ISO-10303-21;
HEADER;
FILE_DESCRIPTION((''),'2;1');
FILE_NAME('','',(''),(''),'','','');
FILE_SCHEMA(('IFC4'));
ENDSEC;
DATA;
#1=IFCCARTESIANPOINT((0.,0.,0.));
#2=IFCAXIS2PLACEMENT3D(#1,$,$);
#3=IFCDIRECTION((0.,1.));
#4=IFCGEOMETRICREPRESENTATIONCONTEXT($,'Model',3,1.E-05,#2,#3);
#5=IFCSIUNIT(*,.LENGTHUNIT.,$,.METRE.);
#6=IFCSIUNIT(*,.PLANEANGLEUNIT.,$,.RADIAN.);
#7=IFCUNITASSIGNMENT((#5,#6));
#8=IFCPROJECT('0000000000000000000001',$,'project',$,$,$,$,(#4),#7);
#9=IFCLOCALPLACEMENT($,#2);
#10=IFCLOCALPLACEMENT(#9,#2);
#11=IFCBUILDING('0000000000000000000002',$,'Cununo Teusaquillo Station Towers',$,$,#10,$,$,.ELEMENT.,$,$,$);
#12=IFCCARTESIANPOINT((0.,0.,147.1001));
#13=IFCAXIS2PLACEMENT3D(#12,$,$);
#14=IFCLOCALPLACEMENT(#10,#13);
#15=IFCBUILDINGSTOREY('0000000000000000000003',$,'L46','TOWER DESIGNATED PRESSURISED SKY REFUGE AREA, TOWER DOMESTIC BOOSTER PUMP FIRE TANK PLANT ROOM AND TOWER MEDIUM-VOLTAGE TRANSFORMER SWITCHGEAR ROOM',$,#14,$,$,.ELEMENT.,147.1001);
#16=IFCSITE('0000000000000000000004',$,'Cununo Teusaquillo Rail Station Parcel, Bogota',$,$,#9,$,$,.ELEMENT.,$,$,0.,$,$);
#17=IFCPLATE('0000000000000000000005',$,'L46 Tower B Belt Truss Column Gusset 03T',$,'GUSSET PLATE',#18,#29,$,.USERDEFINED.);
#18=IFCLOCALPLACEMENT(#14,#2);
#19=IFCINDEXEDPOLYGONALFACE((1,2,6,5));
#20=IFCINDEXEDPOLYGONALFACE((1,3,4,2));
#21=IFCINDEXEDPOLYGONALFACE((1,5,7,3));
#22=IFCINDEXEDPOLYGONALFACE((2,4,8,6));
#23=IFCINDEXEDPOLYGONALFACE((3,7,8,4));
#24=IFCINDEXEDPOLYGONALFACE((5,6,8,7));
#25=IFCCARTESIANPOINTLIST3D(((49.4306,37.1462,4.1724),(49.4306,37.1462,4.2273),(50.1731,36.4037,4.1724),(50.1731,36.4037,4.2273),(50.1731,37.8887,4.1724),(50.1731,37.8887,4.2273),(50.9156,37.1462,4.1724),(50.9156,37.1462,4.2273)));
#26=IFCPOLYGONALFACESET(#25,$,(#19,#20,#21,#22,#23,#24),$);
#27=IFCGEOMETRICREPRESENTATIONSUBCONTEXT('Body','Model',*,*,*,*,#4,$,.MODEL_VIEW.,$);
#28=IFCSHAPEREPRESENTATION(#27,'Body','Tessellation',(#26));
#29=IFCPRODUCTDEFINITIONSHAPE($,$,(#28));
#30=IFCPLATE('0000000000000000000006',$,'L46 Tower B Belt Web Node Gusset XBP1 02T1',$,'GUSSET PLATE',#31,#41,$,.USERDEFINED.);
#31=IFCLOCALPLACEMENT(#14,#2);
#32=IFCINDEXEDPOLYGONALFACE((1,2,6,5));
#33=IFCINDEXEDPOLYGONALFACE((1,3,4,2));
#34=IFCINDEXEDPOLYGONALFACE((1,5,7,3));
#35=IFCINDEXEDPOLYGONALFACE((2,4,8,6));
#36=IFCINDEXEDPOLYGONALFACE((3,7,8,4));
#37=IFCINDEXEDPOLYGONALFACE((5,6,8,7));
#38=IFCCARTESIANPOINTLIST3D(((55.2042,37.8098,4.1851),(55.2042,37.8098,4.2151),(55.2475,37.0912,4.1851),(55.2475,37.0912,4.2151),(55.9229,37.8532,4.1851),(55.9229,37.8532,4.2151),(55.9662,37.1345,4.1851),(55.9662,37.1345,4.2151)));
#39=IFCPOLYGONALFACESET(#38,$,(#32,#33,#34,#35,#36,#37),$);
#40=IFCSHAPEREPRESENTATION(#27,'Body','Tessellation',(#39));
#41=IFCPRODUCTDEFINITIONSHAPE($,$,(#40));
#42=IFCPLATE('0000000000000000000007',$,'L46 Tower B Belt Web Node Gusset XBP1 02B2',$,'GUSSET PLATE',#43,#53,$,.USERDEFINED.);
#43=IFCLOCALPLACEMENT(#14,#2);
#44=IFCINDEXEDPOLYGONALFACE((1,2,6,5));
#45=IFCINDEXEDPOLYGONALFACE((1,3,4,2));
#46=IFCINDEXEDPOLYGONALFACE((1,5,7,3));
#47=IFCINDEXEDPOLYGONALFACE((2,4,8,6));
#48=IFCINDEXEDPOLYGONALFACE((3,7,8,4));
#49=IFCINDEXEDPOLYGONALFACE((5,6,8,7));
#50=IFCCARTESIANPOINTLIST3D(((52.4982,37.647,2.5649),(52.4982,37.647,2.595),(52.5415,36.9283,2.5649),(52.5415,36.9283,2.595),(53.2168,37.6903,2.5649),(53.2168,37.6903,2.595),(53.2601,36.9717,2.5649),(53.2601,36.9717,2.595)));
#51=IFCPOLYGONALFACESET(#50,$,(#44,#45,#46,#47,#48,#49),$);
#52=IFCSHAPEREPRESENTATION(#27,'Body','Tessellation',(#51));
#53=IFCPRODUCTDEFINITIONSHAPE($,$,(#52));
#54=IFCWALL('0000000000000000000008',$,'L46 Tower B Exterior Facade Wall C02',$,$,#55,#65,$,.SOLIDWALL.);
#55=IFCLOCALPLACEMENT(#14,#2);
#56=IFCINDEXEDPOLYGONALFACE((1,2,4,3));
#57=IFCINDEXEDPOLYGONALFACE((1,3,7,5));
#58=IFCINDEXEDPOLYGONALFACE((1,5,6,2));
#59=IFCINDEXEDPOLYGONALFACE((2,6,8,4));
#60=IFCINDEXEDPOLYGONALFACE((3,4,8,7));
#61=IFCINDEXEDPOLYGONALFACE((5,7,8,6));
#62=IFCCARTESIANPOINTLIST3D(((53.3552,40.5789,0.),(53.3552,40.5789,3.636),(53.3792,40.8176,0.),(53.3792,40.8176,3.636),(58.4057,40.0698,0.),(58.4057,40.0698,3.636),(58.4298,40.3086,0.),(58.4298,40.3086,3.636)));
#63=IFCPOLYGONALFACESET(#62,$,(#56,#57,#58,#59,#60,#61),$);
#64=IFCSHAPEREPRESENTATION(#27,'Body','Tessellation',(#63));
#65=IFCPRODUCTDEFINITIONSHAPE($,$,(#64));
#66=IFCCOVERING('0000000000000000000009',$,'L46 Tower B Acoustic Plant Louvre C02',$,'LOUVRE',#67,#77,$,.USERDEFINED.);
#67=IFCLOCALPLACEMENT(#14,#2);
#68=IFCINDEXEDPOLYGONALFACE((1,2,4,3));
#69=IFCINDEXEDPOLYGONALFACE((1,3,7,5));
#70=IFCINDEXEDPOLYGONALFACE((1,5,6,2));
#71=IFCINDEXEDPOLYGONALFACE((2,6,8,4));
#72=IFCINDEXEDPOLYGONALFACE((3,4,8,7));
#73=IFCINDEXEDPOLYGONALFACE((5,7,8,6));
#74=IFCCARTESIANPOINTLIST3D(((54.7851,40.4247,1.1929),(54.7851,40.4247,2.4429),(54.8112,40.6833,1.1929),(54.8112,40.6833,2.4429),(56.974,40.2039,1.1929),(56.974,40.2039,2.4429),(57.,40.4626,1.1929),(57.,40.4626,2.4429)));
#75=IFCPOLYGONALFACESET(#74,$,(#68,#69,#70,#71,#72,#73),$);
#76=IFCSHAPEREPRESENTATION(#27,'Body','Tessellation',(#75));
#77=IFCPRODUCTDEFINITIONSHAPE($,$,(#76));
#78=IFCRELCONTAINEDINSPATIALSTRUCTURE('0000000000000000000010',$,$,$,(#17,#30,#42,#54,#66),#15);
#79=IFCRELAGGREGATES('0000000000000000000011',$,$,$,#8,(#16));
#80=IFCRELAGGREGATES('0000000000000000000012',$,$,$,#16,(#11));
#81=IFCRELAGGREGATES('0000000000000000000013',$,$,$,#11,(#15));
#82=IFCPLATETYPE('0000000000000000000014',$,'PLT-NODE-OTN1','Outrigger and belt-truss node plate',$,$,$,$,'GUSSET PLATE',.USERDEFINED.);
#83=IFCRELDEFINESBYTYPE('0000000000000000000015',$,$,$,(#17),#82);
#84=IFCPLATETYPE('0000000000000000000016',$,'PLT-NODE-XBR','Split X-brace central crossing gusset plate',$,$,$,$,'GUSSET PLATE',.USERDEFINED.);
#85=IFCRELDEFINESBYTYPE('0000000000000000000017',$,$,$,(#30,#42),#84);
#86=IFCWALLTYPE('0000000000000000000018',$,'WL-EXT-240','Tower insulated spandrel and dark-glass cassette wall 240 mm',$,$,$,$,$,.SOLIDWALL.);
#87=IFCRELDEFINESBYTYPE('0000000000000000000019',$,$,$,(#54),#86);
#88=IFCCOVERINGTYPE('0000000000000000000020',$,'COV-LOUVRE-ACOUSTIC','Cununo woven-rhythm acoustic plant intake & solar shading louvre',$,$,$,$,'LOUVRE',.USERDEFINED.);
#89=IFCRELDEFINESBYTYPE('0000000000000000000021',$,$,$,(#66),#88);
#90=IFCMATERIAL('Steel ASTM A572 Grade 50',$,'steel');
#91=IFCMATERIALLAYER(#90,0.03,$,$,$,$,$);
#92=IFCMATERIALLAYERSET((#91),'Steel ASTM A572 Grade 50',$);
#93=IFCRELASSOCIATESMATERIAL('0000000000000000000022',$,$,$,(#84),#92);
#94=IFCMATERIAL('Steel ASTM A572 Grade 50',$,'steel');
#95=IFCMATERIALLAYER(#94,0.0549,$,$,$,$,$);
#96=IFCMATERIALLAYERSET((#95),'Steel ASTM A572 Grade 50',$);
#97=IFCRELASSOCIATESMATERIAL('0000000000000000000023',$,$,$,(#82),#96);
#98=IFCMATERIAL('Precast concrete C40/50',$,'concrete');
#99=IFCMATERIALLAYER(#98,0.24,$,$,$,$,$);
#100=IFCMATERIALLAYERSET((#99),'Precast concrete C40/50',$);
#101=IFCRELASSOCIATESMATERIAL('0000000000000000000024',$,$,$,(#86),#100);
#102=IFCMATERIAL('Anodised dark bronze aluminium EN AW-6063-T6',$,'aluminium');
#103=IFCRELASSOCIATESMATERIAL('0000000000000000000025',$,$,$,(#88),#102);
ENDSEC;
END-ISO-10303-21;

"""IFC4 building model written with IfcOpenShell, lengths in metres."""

from ifc_helpers import new_model, si_unit, direction, frame, frame_2d, origin, origin_2d, place, context, subcontext, project, spatial, rectangle, extrude, source, transform, mapped, material, layer, layer_set, type_object, element, save


model = new_model("IFC4")

# Units and contexts
model_context = context("Model", 3, precision=1e-05, world=origin(), true_north=direction((0.0, 1.0)))
body_context = subcontext(model_context, "Body", "Model", "MODEL_VIEW")
ifc_project = project(units=[si_unit("LENGTHUNIT", "METRE"), si_unit("PLANEANGLEUNIT", "RADIAN")], contexts=[model_context])

# Site, building, storey
site_placement = place(None, origin())
site = spatial("IfcSite", under=ifc_project, at=site_placement, Name="Cununo Teusaquillo Rail Station Parcel, Bogota", CompositionType="ELEMENT", RefElevation=0.0)
building_placement = place(site_placement, origin())
building = spatial("IfcBuilding", under=site, at=building_placement, Name="Cununo Teusaquillo Station Towers", CompositionType="ELEMENT")
storey_placement = place(building_placement, frame((0.0, 0.0, 147.1001)))
storey = spatial("IfcBuildingStorey", under=building, at=storey_placement, Name="L46", Description="TOWER DESIGNATED PRESSURISED SKY REFUGE AREA, TOWER DOMESTIC BOOSTER PUMP FIRE TANK PLANT ROOM AND TOWER MEDIUM-VOLTAGE TRANSFORMER SWITCHGEAR ROOM", CompositionType="ELEMENT", Elevation=147.1001)

# Plates
ifc_material_1 = material(Name="Steel ASTM A572 Grade 50", Category="steel")
ifc_layer_1 = layer(ifc_material_1, 0.03)
ifc_layer_set_1 = layer_set([ifc_layer_1], Name="Steel ASTM A572 Grade 50")
plate_type_1 = type_object("IfcPlateType", Name="PLT-NODE-XBR", Description="Split X-brace central crossing gusset plate", ElementType="GUSSET PLATE", PredefinedType="USERDEFINED", material=ifc_layer_set_1)
ifc_material_2 = material(Name="Steel ASTM A572 Grade 50", Category="steel")
ifc_layer_2 = layer(ifc_material_2, 0.0549)
ifc_layer_set_2 = layer_set([ifc_layer_2], Name="Steel ASTM A572 Grade 50")
plate_type_2 = type_object("IfcPlateType", Name="PLT-NODE-OTN1", Description="Outrigger and belt-truss node plate", ElementType="GUSSET PLATE", PredefinedType="USERDEFINED", material=ifc_layer_set_2)
shared_shape_1 = source(origin(), body_context, "Body", "SweptSolid", [
    extrude(rectangle(XDim=1.05, YDim=1.05, at=origin_2d()), origin(), (0.0, 0.0, 1.0), 0.0549),
])
for number, where, z_axis, x_axis, name in (
    (1, (50.1731, 37.1462, 4.1724), (0.0, 0.0, 1.0), (0.707107, 0.707107, 0.0), "L46 Tower B Belt Truss Column Gusset 03T"),
):
    element("IfcPlate", number, at=place(storey_placement, frame(where, z_axis=z_axis, x_axis=x_axis)), inside=storey, type_object=plate_type_2, Name=name, ObjectType="GUSSET PLATE", PredefinedType="USERDEFINED", context=body_context, shape_type="MappedRepresentation", body=[
        mapped(shared_shape_1, transform((0.0, 0.0, 0.0), x_axis=(1.0, 0.0, 0.0), y_axis=(0.0, 1.0, 0.0), z_axis=(0.0, 0.0, 1.0), scale=1.0)),
    ])
shared_shape_2 = source(origin(), body_context, "Body", "SweptSolid", [
    extrude(rectangle(XDim=0.72, YDim=0.72, at=origin_2d()), origin(), (0.0, 0.0, 1.0), 0.03),
])
for number, where, z_axis, x_axis, name in (
    (2, (55.5852, 37.4722, 4.1851), (0.0, 0.0, 1.0), (-0.998188, -0.060177, 0.0), "L46 Tower B Belt Web Node Gusset XBP1 02T1"),
    (3, (52.8792, 37.3093, 2.5649), (0.0, 0.0, 1.0), (-0.998188, -0.060177, 0.0), "L46 Tower B Belt Web Node Gusset XBP1 02B2"),
):
    element("IfcPlate", number, at=place(storey_placement, frame(where, z_axis=z_axis, x_axis=x_axis)), inside=storey, type_object=plate_type_1, Name=name, ObjectType="GUSSET PLATE", PredefinedType="USERDEFINED", context=body_context, shape_type="MappedRepresentation", body=[
        mapped(shared_shape_2, transform((0.0, 0.0, 0.0), x_axis=(1.0, 0.0, 0.0), y_axis=(0.0, 1.0, 0.0), z_axis=(0.0, 0.0, 1.0), scale=1.0)),
    ])

# Wall
ifc_material_3 = material(Name="Precast concrete C40/50", Category="concrete")
ifc_layer_3 = layer(ifc_material_3, 0.24)
ifc_layer_set_3 = layer_set([ifc_layer_3], Name="Precast concrete C40/50")
wall_type = type_object("IfcWallType", Name="WL-EXT-240", Description="Tower insulated spandrel and dark-glass cassette wall 240 mm", PredefinedType="SOLIDWALL", material=ifc_layer_set_3)
wall_placement = place(storey_placement, frame((53.3672, 40.6982, 0.0), z_axis=(0.0, 0.0, 1.0), x_axis=(0.994959, -0.10028, 0.0)))
element("IfcWall", 4, at=wall_placement, inside=storey, type_object=wall_type, Name="L46 Tower B Exterior Facade Wall C02", PredefinedType="SOLIDWALL", context=body_context, shape_type="SweptSolid", body=[
    extrude(rectangle(XDim=5.0762, YDim=0.24, at=frame_2d((2.5381, 0.0))), origin(), (0.0, 0.0, 1.0), 3.636),
])

# Covering
ifc_material_4 = material(Name="Anodised dark bronze aluminium EN AW-6063-T6", Category="aluminium")
covering_type = type_object("IfcCoveringType", Name="COV-LOUVRE-ACOUSTIC", Description="Cununo woven-rhythm acoustic plant intake & solar shading louvre", ElementType="LOUVRE", PredefinedType="USERDEFINED", material=ifc_material_4)
shared_shape_3 = source(origin(), body_context, "Body", "SweptSolid", [
    extrude(rectangle(XDim=2.2, YDim=0.26, at=origin_2d()), origin(), (0.0, 0.0, 1.0), 1.25),
])
covering_placement = place(storey_placement, frame((55.8926, 40.4436, 1.1929), z_axis=(0.0, 0.0, 1.0), x_axis=(0.994951, -0.100362, 0.0)))
element("IfcCovering", 5, at=covering_placement, inside=storey, type_object=covering_type, Name="L46 Tower B Acoustic Plant Louvre C02", ObjectType="LOUVRE", PredefinedType="USERDEFINED", context=body_context, shape_type="MappedRepresentation", body=[
    mapped(shared_shape_3, transform((0.0, 0.0, 0.0), x_axis=(1.0, 0.0, 0.0), y_axis=(0.0, 1.0, 0.0), z_axis=(0.0, 0.0, 1.0), scale=1.0)),
])

save(model, "model.ifc")
